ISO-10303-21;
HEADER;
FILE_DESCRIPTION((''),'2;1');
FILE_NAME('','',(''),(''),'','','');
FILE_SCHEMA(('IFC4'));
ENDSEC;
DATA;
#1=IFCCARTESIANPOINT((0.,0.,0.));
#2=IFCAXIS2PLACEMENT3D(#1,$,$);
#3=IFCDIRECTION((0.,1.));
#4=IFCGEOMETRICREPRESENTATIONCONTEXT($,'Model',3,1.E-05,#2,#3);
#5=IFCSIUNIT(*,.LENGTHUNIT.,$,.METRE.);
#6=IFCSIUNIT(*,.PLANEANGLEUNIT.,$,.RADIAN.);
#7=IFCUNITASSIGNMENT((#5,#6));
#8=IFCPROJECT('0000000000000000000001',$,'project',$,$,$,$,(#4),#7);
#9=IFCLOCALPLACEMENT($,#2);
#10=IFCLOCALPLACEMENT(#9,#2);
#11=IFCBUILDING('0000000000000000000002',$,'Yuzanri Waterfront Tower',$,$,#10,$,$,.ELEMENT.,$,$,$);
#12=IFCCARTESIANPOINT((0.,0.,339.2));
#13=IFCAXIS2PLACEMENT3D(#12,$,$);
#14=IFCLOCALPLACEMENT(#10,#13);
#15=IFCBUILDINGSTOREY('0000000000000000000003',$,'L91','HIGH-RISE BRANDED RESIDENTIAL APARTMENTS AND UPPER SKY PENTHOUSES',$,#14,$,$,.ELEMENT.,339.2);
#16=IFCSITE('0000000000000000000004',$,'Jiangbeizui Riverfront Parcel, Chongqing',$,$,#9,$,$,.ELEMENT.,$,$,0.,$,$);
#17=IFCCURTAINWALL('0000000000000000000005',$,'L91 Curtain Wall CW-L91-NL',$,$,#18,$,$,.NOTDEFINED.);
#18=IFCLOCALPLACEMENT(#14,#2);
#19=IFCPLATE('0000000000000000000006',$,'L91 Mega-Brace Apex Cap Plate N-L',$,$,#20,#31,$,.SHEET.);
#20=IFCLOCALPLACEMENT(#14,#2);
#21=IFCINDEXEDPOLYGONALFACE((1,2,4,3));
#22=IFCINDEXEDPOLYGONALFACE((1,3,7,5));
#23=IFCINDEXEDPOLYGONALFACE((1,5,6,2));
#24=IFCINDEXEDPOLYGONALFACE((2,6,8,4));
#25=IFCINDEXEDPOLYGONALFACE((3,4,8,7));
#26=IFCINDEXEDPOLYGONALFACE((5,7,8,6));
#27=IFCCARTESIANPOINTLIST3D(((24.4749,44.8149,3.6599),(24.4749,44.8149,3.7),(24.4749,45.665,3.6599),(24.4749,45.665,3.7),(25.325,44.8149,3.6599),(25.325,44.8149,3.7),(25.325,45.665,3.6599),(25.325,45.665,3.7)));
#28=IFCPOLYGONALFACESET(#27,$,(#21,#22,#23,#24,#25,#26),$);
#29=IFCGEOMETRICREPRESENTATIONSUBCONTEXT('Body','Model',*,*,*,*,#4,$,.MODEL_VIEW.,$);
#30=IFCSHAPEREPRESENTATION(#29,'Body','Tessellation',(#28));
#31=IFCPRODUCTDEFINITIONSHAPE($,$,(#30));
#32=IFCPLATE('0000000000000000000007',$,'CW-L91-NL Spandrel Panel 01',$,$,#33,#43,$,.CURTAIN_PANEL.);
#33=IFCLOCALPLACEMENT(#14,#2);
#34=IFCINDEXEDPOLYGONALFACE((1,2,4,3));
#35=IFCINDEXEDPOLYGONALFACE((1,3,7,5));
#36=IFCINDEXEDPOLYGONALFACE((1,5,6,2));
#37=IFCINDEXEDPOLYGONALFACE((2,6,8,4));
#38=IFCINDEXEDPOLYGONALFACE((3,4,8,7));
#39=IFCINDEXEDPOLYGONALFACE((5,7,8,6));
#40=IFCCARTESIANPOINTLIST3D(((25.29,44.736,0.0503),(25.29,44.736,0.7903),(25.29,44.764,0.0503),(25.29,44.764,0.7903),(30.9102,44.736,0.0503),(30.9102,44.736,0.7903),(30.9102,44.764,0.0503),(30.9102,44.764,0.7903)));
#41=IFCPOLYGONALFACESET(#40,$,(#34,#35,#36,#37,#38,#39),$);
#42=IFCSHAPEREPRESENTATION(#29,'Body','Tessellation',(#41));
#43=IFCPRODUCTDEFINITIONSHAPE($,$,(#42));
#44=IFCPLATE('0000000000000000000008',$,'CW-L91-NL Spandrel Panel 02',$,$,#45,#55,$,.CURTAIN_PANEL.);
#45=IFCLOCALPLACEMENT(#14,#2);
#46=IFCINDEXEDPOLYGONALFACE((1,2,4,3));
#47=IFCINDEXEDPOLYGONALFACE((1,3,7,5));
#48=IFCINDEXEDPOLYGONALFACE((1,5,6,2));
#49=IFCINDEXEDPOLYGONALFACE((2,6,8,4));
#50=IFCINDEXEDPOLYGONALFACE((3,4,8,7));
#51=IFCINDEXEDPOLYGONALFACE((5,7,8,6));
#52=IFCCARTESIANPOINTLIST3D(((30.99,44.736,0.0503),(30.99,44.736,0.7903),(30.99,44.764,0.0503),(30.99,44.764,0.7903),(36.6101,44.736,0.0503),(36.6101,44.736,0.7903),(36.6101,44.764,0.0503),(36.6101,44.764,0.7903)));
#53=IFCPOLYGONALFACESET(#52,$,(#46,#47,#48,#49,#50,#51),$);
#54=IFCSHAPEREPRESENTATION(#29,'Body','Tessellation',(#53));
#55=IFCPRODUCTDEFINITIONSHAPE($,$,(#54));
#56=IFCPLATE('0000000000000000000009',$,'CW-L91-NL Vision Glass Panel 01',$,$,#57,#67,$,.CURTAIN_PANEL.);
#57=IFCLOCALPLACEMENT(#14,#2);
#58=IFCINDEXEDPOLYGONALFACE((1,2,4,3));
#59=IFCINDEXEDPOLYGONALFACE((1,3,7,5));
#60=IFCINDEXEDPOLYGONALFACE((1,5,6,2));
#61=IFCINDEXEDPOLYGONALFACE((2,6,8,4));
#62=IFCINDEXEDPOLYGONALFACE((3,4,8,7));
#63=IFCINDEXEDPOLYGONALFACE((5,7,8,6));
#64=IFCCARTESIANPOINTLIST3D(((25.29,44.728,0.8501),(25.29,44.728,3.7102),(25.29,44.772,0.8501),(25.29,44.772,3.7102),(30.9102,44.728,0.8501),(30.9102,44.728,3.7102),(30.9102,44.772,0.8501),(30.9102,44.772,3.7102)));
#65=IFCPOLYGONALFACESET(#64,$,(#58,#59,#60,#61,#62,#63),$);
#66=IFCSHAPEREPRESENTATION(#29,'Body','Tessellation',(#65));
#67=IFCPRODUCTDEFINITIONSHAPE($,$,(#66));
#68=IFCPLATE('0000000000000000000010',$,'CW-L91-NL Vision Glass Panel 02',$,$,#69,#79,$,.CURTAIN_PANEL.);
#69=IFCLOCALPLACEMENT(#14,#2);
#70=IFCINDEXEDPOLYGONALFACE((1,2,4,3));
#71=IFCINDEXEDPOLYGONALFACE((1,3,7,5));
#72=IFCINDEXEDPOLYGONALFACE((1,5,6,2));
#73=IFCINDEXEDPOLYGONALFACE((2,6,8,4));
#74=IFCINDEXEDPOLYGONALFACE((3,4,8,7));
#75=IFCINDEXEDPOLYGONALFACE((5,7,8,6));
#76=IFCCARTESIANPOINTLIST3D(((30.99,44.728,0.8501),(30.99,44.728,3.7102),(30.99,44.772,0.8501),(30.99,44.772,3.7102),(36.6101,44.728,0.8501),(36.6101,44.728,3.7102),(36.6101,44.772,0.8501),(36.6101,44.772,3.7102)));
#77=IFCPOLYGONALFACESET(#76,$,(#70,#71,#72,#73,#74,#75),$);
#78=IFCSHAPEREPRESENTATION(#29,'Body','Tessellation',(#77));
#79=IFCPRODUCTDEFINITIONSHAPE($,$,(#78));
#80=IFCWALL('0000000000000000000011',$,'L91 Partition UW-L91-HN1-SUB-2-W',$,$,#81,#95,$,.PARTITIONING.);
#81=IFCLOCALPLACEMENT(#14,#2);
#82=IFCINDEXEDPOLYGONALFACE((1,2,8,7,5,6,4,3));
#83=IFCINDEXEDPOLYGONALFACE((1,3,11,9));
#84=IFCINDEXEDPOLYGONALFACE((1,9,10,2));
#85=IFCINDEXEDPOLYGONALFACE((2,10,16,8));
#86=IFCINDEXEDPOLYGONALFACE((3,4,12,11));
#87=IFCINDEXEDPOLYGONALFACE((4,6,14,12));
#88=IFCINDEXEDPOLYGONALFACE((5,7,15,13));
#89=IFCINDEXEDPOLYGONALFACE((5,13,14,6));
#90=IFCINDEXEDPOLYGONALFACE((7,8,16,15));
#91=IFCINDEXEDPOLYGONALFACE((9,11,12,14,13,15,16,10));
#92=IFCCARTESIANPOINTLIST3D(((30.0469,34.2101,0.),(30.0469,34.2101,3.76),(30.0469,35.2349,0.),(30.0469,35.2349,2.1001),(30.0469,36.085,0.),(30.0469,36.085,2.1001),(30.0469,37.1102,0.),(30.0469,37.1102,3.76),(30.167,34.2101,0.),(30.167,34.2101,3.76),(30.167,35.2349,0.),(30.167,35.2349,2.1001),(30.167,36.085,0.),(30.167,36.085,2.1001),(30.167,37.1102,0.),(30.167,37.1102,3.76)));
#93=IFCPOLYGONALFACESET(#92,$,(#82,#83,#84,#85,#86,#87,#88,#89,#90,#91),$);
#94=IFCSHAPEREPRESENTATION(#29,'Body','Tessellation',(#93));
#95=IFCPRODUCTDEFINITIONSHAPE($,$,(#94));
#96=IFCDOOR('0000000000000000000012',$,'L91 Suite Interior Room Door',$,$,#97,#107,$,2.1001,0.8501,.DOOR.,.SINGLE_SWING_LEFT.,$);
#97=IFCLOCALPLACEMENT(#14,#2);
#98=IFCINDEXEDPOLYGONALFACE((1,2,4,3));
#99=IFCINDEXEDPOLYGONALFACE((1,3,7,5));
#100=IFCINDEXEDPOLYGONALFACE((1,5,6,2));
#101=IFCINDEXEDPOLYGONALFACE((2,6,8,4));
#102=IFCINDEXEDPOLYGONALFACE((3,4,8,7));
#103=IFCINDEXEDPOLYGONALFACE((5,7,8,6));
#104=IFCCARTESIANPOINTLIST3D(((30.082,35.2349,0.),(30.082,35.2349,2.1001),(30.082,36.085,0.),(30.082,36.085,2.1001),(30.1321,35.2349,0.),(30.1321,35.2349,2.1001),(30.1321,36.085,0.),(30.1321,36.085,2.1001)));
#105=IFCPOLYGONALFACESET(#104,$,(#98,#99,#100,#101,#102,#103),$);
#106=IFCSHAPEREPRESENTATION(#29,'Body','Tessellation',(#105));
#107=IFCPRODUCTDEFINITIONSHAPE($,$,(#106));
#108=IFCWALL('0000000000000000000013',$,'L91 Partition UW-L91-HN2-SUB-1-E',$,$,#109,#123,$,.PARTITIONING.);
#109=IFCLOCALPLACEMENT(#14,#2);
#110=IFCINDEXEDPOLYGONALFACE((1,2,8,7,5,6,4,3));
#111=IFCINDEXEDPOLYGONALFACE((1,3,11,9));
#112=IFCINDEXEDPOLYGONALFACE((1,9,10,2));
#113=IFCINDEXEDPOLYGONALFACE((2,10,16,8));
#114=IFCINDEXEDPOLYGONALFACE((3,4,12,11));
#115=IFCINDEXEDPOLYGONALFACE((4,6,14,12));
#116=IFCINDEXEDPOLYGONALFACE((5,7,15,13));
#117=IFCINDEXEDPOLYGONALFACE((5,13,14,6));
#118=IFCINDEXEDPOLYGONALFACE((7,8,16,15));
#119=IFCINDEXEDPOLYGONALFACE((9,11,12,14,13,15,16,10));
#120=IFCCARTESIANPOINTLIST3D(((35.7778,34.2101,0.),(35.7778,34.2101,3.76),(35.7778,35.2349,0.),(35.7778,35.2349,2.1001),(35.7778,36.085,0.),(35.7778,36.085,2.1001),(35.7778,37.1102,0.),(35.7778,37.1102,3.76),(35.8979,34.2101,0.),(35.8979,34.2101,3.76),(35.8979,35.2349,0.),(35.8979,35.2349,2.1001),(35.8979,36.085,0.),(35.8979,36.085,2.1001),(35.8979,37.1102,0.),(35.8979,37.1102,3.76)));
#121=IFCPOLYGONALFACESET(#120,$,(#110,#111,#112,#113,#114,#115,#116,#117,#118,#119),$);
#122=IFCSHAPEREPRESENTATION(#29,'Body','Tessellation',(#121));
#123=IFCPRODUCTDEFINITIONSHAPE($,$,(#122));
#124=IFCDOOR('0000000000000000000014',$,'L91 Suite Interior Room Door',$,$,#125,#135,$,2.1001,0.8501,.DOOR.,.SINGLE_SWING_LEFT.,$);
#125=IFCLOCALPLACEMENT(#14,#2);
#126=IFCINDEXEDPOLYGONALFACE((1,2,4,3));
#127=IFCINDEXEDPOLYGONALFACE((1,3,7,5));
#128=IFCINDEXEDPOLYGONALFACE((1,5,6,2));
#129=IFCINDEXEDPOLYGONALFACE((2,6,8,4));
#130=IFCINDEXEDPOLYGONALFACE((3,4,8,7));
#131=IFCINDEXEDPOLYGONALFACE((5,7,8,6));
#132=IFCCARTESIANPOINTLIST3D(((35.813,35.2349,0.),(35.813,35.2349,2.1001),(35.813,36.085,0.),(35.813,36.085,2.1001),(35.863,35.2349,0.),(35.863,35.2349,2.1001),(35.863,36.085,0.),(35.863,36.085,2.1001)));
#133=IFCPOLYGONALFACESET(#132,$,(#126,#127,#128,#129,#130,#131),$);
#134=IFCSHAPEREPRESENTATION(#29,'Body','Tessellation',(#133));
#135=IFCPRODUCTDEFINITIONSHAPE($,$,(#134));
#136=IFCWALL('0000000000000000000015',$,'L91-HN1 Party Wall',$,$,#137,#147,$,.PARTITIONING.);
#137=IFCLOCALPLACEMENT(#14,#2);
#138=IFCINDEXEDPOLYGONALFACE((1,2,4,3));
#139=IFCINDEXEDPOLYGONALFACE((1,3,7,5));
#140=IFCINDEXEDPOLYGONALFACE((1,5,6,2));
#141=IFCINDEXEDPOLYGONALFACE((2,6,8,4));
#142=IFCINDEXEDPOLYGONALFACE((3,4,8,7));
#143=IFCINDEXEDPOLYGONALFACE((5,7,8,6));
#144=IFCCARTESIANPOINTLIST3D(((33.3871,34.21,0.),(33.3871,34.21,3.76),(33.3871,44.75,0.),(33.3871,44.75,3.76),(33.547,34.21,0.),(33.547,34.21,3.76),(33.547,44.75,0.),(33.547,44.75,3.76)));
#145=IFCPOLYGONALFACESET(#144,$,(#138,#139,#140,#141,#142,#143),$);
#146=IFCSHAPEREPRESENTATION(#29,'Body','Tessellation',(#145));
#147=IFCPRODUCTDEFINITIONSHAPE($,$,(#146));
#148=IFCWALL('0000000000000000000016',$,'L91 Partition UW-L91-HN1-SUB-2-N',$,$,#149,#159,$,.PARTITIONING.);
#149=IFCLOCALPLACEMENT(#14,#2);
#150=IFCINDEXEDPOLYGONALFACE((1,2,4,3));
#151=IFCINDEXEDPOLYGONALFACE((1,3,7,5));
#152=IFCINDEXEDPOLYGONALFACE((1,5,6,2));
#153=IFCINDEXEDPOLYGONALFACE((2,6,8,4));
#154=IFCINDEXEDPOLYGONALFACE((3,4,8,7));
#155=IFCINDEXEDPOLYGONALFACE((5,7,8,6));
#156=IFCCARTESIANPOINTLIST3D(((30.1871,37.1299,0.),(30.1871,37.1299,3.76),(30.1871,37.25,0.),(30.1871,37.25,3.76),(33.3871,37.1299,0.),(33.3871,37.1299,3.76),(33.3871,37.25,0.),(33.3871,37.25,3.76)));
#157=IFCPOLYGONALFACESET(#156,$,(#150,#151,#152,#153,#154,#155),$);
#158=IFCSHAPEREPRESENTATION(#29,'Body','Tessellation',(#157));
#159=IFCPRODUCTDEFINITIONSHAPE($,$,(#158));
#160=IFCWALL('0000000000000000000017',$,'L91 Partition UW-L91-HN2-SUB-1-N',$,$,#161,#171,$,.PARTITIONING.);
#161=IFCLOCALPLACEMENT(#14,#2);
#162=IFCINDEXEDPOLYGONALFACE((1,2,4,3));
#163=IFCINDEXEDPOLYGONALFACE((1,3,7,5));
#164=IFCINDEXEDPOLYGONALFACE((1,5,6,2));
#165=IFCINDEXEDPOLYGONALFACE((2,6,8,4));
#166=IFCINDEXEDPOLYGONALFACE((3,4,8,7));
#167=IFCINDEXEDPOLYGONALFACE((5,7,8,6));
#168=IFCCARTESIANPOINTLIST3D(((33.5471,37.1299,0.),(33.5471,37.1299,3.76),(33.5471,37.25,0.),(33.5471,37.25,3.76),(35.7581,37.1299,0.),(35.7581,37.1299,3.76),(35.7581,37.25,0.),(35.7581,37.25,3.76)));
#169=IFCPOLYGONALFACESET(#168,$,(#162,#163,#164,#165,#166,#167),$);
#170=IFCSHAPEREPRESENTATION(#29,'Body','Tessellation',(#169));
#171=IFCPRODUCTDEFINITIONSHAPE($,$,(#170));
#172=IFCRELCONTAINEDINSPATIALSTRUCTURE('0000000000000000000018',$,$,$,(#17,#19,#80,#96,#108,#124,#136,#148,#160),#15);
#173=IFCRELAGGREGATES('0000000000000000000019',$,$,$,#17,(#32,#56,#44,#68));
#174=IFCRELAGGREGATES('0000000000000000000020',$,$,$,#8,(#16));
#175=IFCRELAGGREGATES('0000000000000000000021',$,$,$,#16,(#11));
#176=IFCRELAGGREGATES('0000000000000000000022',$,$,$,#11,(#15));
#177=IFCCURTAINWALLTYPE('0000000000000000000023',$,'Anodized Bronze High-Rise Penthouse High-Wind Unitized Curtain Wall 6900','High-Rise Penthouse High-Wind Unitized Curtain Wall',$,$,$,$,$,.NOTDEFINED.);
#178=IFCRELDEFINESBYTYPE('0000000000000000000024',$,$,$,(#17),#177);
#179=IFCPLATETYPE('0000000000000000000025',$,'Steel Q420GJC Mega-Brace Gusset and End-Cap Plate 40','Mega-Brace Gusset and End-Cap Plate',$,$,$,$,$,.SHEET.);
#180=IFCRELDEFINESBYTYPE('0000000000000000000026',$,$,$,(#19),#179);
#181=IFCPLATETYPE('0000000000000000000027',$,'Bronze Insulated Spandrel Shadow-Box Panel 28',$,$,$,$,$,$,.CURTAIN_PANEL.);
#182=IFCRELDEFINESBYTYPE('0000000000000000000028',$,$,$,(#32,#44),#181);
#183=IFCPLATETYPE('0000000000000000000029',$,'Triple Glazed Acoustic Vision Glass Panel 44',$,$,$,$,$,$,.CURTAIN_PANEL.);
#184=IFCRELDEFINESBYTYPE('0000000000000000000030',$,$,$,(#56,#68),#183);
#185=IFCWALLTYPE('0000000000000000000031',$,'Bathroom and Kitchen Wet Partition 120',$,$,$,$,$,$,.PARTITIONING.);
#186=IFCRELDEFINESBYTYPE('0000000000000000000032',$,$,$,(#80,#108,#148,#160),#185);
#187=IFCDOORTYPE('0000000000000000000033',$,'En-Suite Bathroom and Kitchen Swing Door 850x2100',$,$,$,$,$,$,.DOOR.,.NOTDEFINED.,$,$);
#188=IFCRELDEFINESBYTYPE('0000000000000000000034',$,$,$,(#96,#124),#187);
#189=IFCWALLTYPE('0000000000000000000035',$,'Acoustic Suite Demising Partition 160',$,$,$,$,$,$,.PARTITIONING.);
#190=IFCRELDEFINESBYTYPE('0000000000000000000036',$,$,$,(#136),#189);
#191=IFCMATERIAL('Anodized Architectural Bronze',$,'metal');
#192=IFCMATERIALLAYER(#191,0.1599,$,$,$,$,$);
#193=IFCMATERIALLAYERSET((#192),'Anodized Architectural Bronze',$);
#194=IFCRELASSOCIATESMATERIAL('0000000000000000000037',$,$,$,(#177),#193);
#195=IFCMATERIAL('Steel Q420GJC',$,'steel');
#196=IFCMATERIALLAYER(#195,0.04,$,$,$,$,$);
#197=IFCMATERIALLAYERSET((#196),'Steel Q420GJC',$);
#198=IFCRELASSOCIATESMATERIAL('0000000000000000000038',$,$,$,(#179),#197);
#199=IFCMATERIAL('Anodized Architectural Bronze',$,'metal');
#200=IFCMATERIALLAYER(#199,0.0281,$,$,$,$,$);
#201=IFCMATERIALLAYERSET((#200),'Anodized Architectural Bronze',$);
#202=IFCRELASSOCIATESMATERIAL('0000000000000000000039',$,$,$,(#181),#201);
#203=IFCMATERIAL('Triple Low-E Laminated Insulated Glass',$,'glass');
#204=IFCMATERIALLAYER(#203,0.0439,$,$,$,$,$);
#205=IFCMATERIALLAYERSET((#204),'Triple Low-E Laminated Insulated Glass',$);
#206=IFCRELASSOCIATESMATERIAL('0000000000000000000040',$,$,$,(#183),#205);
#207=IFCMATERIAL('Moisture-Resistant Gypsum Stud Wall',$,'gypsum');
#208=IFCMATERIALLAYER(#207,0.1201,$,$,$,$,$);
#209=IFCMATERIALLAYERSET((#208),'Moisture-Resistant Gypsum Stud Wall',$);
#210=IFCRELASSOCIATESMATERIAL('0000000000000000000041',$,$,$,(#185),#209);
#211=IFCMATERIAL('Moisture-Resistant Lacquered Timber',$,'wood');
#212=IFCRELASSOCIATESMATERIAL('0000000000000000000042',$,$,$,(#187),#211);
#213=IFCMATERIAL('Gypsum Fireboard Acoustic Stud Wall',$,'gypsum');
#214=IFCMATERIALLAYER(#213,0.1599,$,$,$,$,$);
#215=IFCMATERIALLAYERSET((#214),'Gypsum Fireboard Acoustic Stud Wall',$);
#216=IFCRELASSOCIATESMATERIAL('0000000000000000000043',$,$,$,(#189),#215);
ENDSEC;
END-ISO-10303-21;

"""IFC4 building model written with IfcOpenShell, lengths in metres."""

from ifc_helpers import new_model, si_unit, direction, frame, frame_2d, origin, origin_2d, place, context, subcontext, project, spatial, rectangle, extrude, source, transform, mapped, material, layer, layer_set, type_object, element, fill, aggregate, save


model = new_model("IFC4")

# Units and contexts
model_context = context("Model", 3, precision=1e-05, world=origin(), true_north=direction((0.0, 1.0)))
body_context = subcontext(model_context, "Body", "Model", "MODEL_VIEW")
ifc_project = project(units=[si_unit("LENGTHUNIT", "METRE"), si_unit("PLANEANGLEUNIT", "RADIAN")], contexts=[model_context])

# Site, building, storey
site_placement = place(None, origin())
site = spatial("IfcSite", under=ifc_project, at=site_placement, Name="Jiangbeizui Riverfront Parcel, Chongqing", CompositionType="ELEMENT", RefElevation=0.0)
building_placement = place(site_placement, origin())
building = spatial("IfcBuilding", under=site, at=building_placement, Name="Yuzanri Waterfront Tower", CompositionType="ELEMENT")
storey_placement = place(building_placement, frame((0.0, 0.0, 339.2)))
storey = spatial("IfcBuildingStorey", under=building, at=storey_placement, Name="L91", Description="HIGH-RISE BRANDED RESIDENTIAL APARTMENTS AND UPPER SKY PENTHOUSES", CompositionType="ELEMENT", Elevation=339.2)

# Curtain wall
ifc_material_1 = material(Name="Anodized Architectural Bronze", Category="metal")
ifc_layer_1 = layer(ifc_material_1, 0.1599)
ifc_layer_set_1 = layer_set([ifc_layer_1], Name="Anodized Architectural Bronze")
curtain_wall_type = type_object("IfcCurtainWallType", Name="Anodized Bronze High-Rise Penthouse High-Wind Unitized Curtain Wall 6900", Description="High-Rise Penthouse High-Wind Unitized Curtain Wall", PredefinedType="NOTDEFINED", material=ifc_layer_set_1)
curtain_wall_placement = place(storey_placement, origin())
curtain_wall = element("IfcCurtainWall", 1, at=curtain_wall_placement, inside=storey, type_object=curtain_wall_type, Name="L91 Curtain Wall CW-L91-NL", PredefinedType="NOTDEFINED")

# Plates
ifc_material_2 = material(Name="Steel Q420GJC", Category="steel")
ifc_layer_2 = layer(ifc_material_2, 0.04)
ifc_layer_set_2 = layer_set([ifc_layer_2], Name="Steel Q420GJC")
plate_type_1 = type_object("IfcPlateType", Name="Steel Q420GJC Mega-Brace Gusset and End-Cap Plate 40", Description="Mega-Brace Gusset and End-Cap Plate", PredefinedType="SHEET", material=ifc_layer_set_2)
shared_shape_1 = source(origin(), body_context, "Body", "SweptSolid", [
    extrude(rectangle(XDim=0.8501, YDim=0.8501, at=origin_2d()), origin(), (0.0, 0.0, 1.0), 0.04),
])
plate_1_placement = place(storey_placement, frame((24.8999, 45.24, 3.6599), z_axis=(0.0, 0.0, 1.0), x_axis=(1.0, 0.0, 0.0)))
element("IfcPlate", 2, at=plate_1_placement, inside=storey, type_object=plate_type_1, Name="L91 Mega-Brace Apex Cap Plate N-L", PredefinedType="SHEET", context=body_context, shape_type="MappedRepresentation", body=[
    mapped(shared_shape_1, transform((0.0, 0.0, 0.0), scale=1.0)),
])
ifc_material_3 = material(Name="Anodized Architectural Bronze", Category="metal")
ifc_layer_3 = layer(ifc_material_3, 0.0281)
ifc_layer_set_3 = layer_set([ifc_layer_3], Name="Anodized Architectural Bronze")
plate_type_2 = type_object("IfcPlateType", Name="Bronze Insulated Spandrel Shadow-Box Panel 28", PredefinedType="CURTAIN_PANEL", material=ifc_layer_set_3)
shared_shape_2 = source(origin(), body_context, "Body", "SweptSolid", [
    extrude(rectangle(XDim=5.6201, YDim=0.0281, at=origin_2d()), origin(), (0.0, 0.0, 1.0), 0.74),
])
plate_2_placement = place(storey_placement, frame((28.1001, 44.75, 0.0503), z_axis=(0.0, 0.0, 1.0), x_axis=(1.0, 0.0, 0.0)))
plate_2 = element("IfcPlate", 3, at=plate_2_placement, type_object=plate_type_2, Name="CW-L91-NL Spandrel Panel 01", PredefinedType="CURTAIN_PANEL", context=body_context, shape_type="MappedRepresentation", body=[
    mapped(shared_shape_2, transform((0.0, 0.0, 0.0), scale=1.0)),
])
plate_3_placement = place(storey_placement, frame((33.8, 44.75, 0.0503), z_axis=(0.0, 0.0, 1.0), x_axis=(1.0, 0.0, 0.0)))
plate_3 = element("IfcPlate", 4, at=plate_3_placement, type_object=plate_type_2, Name="CW-L91-NL Spandrel Panel 02", PredefinedType="CURTAIN_PANEL", context=body_context, shape_type="MappedRepresentation", body=[
    mapped(shared_shape_2, transform((0.0, 0.0, 0.0), scale=1.0)),
])
ifc_material_4 = material(Name="Triple Low-E Laminated Insulated Glass", Category="glass")
ifc_layer_4 = layer(ifc_material_4, 0.0439)
ifc_layer_set_4 = layer_set([ifc_layer_4], Name="Triple Low-E Laminated Insulated Glass")
plate_type_3 = type_object("IfcPlateType", Name="Triple Glazed Acoustic Vision Glass Panel 44", PredefinedType="CURTAIN_PANEL", material=ifc_layer_set_4)
shared_shape_3 = source(origin(), body_context, "Body", "SweptSolid", [
    extrude(rectangle(XDim=5.6201, YDim=0.0439, at=origin_2d()), origin(), (0.0, 0.0, 1.0), 2.8601),
])
plate_4_placement = place(storey_placement, frame((28.1001, 44.75, 0.8501), z_axis=(0.0, 0.0, 1.0), x_axis=(1.0, 0.0, 0.0)))
plate_4 = element("IfcPlate", 5, at=plate_4_placement, type_object=plate_type_3, Name="CW-L91-NL Vision Glass Panel 01", PredefinedType="CURTAIN_PANEL", context=body_context, shape_type="MappedRepresentation", body=[
    mapped(shared_shape_3, transform((0.0, 0.0, 0.0), scale=1.0)),
])
plate_5_placement = place(storey_placement, frame((33.8, 44.75, 0.8501), z_axis=(0.0, 0.0, 1.0), x_axis=(1.0, 0.0, 0.0)))
plate_5 = element("IfcPlate", 6, at=plate_5_placement, type_object=plate_type_3, Name="CW-L91-NL Vision Glass Panel 02", PredefinedType="CURTAIN_PANEL", context=body_context, shape_type="MappedRepresentation", body=[
    mapped(shared_shape_3, transform((0.0, 0.0, 0.0), scale=1.0)),
])
aggregate(curtain_wall, [plate_2, plate_4, plate_3, plate_5])

# Walls, openings, doors
ifc_material_5 = material(Name="Moisture-Resistant Gypsum Stud Wall", Category="gypsum")
ifc_layer_5 = layer(ifc_material_5, 0.1201)
ifc_layer_set_5 = layer_set([ifc_layer_5], Name="Moisture-Resistant Gypsum Stud Wall")
wall_type_1 = type_object("IfcWallType", Name="Bathroom and Kitchen Wet Partition 120", PredefinedType="PARTITIONING", material=ifc_layer_set_5)
wall_1_placement = place(storey_placement, frame((30.1069, 34.21, 0.0), z_axis=(0.0, 0.0, 1.0), x_axis=(0.0, 1.0, 0.0)))
wall_1 = element("IfcWall", 7, at=wall_1_placement, inside=storey, type_object=wall_type_1, Name="L91 Partition UW-L91-HN1-SUB-2-W", PredefinedType="PARTITIONING", context=body_context, shape_type="SweptSolid", body=[
    extrude(rectangle(XDim=2.9001, YDim=0.1201, at=frame_2d((1.4502, 0.0))), origin(), (0.0, 0.0, 1.0), 3.76),
])
opening_1_placement = place(wall_1_placement, frame((1.0249, 0.0, 0.0)))
opening_1 = element("IfcOpeningElement", 8, at=opening_1_placement, cuts=wall_1, PredefinedType="OPENING", context=body_context, shape_type="SweptSolid", body=[
    extrude(rectangle(XDim=0.8501, YDim=2.1001, at=frame_2d((0.425, 1.05))), frame((0.0, 0.075, 0.0), z_axis=(0.0, -1.0, 0.0), x_axis=(1.0, 0.0, 0.0)), (0.0, 0.0, 1.0), 0.1499),
])
ifc_material_6 = material(Name="Moisture-Resistant Lacquered Timber", Category="wood")
door_type = type_object("IfcDoorType", Name="En-Suite Bathroom and Kitchen Swing Door 850x2100", OperationType="NOTDEFINED", PredefinedType="DOOR", material=ifc_material_6)
shared_shape_4 = source(origin(), body_context, "Body", "SweptSolid", [
    extrude(rectangle(XDim=0.8501, YDim=2.1001, at=frame_2d((0.425, 1.05))), frame((0.0, 0.0249, 0.0), z_axis=(0.0, -1.0, 0.0), x_axis=(1.0, 0.0, 0.0)), (0.0, 0.0, 1.0), 0.05),
])
door_1_placement = place(opening_1_placement, origin())
door_1 = element("IfcDoor", 9, at=door_1_placement, inside=storey, type_object=door_type, Name="L91 Suite Interior Room Door", OperationType="SINGLE_SWING_LEFT", OverallHeight=2.1001, OverallWidth=0.8501, PredefinedType="DOOR", context=body_context, shape_type="MappedRepresentation", body=[
    mapped(shared_shape_4, transform((0.0, 0.0, 0.0), scale=1.0)),
])
fill(opening_1, door_1)
wall_2_placement = place(storey_placement, frame((35.8379, 34.21, 0.0), z_axis=(0.0, 0.0, 1.0), x_axis=(0.0, 1.0, 0.0)))
wall_2 = element("IfcWall", 10, at=wall_2_placement, inside=storey, type_object=wall_type_1, Name="L91 Partition UW-L91-HN2-SUB-1-E", PredefinedType="PARTITIONING", context=body_context, shape_type="SweptSolid", body=[
    extrude(rectangle(XDim=2.9001, YDim=0.1201, at=frame_2d((1.4502, 0.0))), origin(), (0.0, 0.0, 1.0), 3.76),
])
opening_2_placement = place(wall_2_placement, frame((1.0249, 0.0, 0.0)))
opening_2 = element("IfcOpeningElement", 11, at=opening_2_placement, cuts=wall_2, PredefinedType="OPENING", context=body_context, shape_type="SweptSolid", body=[
    extrude(rectangle(XDim=0.8501, YDim=2.1001, at=frame_2d((0.425, 1.05))), frame((0.0, 0.075, 0.0), z_axis=(0.0, -1.0, 0.0), x_axis=(1.0, 0.0, 0.0)), (0.0, 0.0, 1.0), 0.1499),
])
door_2_placement = place(opening_2_placement, origin())
door_2 = element("IfcDoor", 12, at=door_2_placement, inside=storey, type_object=door_type, Name="L91 Suite Interior Room Door", OperationType="SINGLE_SWING_LEFT", OverallHeight=2.1001, OverallWidth=0.8501, PredefinedType="DOOR", context=body_context, shape_type="MappedRepresentation", body=[
    mapped(shared_shape_4, transform((0.0, 0.0, 0.0), scale=1.0)),
])
fill(opening_2, door_2)

# Walls
ifc_material_7 = material(Name="Gypsum Fireboard Acoustic Stud Wall", Category="gypsum")
ifc_layer_6 = layer(ifc_material_7, 0.1599)
ifc_layer_set_6 = layer_set([ifc_layer_6], Name="Gypsum Fireboard Acoustic Stud Wall")
wall_type_2 = type_object("IfcWallType", Name="Acoustic Suite Demising Partition 160", PredefinedType="PARTITIONING", material=ifc_layer_set_6)
shared_shape_5 = source(origin(), body_context, "Body", "SweptSolid", [
    extrude(rectangle(XDim=10.54, YDim=0.1599, at=frame_2d((5.27, 0.0))), origin(), (0.0, 0.0, 1.0), 3.76),
])
wall_3_placement = place(storey_placement, frame((33.467, 34.21, 0.0), z_axis=(0.0, 0.0, 1.0), x_axis=(0.0, 1.0, 0.0)))
element("IfcWall", 13, at=wall_3_placement, inside=storey, type_object=wall_type_2, Name="L91-HN1 Party Wall", PredefinedType="PARTITIONING", context=body_context, shape_type="MappedRepresentation", body=[
    mapped(shared_shape_5, transform((0.0, 0.0, 0.0), scale=1.0)),
])
shared_shape_6 = source(origin(), body_context, "Body", "SweptSolid", [
    extrude(rectangle(XDim=3.2, YDim=0.1201, at=frame_2d((1.6001, 0.0))), origin(), (0.0, 0.0, 1.0), 3.76),
])
wall_4_placement = place(storey_placement, frame((30.187, 37.1899, 0.0), z_axis=(0.0, 0.0, 1.0), x_axis=(1.0, 0.0, 0.0)))
element("IfcWall", 14, at=wall_4_placement, inside=storey, type_object=wall_type_1, Name="L91 Partition UW-L91-HN1-SUB-2-N", PredefinedType="PARTITIONING", context=body_context, shape_type="MappedRepresentation", body=[
    mapped(shared_shape_6, transform((0.0, 0.0, 0.0), scale=1.0)),
])
shared_shape_7 = source(origin(), body_context, "Body", "SweptSolid", [
    extrude(rectangle(XDim=2.2109, YDim=0.1201, at=frame_2d((1.1055, 0.0))), origin(), (0.0, 0.0, 1.0), 3.76),
])
wall_5_placement = place(storey_placement, frame((33.5471, 37.1899, 0.0), z_axis=(0.0, 0.0, 1.0), x_axis=(1.0, 0.0, 0.0)))
element("IfcWall", 15, at=wall_5_placement, inside=storey, type_object=wall_type_1, Name="L91 Partition UW-L91-HN2-SUB-1-N", PredefinedType="PARTITIONING", context=body_context, shape_type="MappedRepresentation", body=[
    mapped(shared_shape_7, transform((0.0, 0.0, 0.0), scale=1.0)),
])

save(model, "model.ifc")
